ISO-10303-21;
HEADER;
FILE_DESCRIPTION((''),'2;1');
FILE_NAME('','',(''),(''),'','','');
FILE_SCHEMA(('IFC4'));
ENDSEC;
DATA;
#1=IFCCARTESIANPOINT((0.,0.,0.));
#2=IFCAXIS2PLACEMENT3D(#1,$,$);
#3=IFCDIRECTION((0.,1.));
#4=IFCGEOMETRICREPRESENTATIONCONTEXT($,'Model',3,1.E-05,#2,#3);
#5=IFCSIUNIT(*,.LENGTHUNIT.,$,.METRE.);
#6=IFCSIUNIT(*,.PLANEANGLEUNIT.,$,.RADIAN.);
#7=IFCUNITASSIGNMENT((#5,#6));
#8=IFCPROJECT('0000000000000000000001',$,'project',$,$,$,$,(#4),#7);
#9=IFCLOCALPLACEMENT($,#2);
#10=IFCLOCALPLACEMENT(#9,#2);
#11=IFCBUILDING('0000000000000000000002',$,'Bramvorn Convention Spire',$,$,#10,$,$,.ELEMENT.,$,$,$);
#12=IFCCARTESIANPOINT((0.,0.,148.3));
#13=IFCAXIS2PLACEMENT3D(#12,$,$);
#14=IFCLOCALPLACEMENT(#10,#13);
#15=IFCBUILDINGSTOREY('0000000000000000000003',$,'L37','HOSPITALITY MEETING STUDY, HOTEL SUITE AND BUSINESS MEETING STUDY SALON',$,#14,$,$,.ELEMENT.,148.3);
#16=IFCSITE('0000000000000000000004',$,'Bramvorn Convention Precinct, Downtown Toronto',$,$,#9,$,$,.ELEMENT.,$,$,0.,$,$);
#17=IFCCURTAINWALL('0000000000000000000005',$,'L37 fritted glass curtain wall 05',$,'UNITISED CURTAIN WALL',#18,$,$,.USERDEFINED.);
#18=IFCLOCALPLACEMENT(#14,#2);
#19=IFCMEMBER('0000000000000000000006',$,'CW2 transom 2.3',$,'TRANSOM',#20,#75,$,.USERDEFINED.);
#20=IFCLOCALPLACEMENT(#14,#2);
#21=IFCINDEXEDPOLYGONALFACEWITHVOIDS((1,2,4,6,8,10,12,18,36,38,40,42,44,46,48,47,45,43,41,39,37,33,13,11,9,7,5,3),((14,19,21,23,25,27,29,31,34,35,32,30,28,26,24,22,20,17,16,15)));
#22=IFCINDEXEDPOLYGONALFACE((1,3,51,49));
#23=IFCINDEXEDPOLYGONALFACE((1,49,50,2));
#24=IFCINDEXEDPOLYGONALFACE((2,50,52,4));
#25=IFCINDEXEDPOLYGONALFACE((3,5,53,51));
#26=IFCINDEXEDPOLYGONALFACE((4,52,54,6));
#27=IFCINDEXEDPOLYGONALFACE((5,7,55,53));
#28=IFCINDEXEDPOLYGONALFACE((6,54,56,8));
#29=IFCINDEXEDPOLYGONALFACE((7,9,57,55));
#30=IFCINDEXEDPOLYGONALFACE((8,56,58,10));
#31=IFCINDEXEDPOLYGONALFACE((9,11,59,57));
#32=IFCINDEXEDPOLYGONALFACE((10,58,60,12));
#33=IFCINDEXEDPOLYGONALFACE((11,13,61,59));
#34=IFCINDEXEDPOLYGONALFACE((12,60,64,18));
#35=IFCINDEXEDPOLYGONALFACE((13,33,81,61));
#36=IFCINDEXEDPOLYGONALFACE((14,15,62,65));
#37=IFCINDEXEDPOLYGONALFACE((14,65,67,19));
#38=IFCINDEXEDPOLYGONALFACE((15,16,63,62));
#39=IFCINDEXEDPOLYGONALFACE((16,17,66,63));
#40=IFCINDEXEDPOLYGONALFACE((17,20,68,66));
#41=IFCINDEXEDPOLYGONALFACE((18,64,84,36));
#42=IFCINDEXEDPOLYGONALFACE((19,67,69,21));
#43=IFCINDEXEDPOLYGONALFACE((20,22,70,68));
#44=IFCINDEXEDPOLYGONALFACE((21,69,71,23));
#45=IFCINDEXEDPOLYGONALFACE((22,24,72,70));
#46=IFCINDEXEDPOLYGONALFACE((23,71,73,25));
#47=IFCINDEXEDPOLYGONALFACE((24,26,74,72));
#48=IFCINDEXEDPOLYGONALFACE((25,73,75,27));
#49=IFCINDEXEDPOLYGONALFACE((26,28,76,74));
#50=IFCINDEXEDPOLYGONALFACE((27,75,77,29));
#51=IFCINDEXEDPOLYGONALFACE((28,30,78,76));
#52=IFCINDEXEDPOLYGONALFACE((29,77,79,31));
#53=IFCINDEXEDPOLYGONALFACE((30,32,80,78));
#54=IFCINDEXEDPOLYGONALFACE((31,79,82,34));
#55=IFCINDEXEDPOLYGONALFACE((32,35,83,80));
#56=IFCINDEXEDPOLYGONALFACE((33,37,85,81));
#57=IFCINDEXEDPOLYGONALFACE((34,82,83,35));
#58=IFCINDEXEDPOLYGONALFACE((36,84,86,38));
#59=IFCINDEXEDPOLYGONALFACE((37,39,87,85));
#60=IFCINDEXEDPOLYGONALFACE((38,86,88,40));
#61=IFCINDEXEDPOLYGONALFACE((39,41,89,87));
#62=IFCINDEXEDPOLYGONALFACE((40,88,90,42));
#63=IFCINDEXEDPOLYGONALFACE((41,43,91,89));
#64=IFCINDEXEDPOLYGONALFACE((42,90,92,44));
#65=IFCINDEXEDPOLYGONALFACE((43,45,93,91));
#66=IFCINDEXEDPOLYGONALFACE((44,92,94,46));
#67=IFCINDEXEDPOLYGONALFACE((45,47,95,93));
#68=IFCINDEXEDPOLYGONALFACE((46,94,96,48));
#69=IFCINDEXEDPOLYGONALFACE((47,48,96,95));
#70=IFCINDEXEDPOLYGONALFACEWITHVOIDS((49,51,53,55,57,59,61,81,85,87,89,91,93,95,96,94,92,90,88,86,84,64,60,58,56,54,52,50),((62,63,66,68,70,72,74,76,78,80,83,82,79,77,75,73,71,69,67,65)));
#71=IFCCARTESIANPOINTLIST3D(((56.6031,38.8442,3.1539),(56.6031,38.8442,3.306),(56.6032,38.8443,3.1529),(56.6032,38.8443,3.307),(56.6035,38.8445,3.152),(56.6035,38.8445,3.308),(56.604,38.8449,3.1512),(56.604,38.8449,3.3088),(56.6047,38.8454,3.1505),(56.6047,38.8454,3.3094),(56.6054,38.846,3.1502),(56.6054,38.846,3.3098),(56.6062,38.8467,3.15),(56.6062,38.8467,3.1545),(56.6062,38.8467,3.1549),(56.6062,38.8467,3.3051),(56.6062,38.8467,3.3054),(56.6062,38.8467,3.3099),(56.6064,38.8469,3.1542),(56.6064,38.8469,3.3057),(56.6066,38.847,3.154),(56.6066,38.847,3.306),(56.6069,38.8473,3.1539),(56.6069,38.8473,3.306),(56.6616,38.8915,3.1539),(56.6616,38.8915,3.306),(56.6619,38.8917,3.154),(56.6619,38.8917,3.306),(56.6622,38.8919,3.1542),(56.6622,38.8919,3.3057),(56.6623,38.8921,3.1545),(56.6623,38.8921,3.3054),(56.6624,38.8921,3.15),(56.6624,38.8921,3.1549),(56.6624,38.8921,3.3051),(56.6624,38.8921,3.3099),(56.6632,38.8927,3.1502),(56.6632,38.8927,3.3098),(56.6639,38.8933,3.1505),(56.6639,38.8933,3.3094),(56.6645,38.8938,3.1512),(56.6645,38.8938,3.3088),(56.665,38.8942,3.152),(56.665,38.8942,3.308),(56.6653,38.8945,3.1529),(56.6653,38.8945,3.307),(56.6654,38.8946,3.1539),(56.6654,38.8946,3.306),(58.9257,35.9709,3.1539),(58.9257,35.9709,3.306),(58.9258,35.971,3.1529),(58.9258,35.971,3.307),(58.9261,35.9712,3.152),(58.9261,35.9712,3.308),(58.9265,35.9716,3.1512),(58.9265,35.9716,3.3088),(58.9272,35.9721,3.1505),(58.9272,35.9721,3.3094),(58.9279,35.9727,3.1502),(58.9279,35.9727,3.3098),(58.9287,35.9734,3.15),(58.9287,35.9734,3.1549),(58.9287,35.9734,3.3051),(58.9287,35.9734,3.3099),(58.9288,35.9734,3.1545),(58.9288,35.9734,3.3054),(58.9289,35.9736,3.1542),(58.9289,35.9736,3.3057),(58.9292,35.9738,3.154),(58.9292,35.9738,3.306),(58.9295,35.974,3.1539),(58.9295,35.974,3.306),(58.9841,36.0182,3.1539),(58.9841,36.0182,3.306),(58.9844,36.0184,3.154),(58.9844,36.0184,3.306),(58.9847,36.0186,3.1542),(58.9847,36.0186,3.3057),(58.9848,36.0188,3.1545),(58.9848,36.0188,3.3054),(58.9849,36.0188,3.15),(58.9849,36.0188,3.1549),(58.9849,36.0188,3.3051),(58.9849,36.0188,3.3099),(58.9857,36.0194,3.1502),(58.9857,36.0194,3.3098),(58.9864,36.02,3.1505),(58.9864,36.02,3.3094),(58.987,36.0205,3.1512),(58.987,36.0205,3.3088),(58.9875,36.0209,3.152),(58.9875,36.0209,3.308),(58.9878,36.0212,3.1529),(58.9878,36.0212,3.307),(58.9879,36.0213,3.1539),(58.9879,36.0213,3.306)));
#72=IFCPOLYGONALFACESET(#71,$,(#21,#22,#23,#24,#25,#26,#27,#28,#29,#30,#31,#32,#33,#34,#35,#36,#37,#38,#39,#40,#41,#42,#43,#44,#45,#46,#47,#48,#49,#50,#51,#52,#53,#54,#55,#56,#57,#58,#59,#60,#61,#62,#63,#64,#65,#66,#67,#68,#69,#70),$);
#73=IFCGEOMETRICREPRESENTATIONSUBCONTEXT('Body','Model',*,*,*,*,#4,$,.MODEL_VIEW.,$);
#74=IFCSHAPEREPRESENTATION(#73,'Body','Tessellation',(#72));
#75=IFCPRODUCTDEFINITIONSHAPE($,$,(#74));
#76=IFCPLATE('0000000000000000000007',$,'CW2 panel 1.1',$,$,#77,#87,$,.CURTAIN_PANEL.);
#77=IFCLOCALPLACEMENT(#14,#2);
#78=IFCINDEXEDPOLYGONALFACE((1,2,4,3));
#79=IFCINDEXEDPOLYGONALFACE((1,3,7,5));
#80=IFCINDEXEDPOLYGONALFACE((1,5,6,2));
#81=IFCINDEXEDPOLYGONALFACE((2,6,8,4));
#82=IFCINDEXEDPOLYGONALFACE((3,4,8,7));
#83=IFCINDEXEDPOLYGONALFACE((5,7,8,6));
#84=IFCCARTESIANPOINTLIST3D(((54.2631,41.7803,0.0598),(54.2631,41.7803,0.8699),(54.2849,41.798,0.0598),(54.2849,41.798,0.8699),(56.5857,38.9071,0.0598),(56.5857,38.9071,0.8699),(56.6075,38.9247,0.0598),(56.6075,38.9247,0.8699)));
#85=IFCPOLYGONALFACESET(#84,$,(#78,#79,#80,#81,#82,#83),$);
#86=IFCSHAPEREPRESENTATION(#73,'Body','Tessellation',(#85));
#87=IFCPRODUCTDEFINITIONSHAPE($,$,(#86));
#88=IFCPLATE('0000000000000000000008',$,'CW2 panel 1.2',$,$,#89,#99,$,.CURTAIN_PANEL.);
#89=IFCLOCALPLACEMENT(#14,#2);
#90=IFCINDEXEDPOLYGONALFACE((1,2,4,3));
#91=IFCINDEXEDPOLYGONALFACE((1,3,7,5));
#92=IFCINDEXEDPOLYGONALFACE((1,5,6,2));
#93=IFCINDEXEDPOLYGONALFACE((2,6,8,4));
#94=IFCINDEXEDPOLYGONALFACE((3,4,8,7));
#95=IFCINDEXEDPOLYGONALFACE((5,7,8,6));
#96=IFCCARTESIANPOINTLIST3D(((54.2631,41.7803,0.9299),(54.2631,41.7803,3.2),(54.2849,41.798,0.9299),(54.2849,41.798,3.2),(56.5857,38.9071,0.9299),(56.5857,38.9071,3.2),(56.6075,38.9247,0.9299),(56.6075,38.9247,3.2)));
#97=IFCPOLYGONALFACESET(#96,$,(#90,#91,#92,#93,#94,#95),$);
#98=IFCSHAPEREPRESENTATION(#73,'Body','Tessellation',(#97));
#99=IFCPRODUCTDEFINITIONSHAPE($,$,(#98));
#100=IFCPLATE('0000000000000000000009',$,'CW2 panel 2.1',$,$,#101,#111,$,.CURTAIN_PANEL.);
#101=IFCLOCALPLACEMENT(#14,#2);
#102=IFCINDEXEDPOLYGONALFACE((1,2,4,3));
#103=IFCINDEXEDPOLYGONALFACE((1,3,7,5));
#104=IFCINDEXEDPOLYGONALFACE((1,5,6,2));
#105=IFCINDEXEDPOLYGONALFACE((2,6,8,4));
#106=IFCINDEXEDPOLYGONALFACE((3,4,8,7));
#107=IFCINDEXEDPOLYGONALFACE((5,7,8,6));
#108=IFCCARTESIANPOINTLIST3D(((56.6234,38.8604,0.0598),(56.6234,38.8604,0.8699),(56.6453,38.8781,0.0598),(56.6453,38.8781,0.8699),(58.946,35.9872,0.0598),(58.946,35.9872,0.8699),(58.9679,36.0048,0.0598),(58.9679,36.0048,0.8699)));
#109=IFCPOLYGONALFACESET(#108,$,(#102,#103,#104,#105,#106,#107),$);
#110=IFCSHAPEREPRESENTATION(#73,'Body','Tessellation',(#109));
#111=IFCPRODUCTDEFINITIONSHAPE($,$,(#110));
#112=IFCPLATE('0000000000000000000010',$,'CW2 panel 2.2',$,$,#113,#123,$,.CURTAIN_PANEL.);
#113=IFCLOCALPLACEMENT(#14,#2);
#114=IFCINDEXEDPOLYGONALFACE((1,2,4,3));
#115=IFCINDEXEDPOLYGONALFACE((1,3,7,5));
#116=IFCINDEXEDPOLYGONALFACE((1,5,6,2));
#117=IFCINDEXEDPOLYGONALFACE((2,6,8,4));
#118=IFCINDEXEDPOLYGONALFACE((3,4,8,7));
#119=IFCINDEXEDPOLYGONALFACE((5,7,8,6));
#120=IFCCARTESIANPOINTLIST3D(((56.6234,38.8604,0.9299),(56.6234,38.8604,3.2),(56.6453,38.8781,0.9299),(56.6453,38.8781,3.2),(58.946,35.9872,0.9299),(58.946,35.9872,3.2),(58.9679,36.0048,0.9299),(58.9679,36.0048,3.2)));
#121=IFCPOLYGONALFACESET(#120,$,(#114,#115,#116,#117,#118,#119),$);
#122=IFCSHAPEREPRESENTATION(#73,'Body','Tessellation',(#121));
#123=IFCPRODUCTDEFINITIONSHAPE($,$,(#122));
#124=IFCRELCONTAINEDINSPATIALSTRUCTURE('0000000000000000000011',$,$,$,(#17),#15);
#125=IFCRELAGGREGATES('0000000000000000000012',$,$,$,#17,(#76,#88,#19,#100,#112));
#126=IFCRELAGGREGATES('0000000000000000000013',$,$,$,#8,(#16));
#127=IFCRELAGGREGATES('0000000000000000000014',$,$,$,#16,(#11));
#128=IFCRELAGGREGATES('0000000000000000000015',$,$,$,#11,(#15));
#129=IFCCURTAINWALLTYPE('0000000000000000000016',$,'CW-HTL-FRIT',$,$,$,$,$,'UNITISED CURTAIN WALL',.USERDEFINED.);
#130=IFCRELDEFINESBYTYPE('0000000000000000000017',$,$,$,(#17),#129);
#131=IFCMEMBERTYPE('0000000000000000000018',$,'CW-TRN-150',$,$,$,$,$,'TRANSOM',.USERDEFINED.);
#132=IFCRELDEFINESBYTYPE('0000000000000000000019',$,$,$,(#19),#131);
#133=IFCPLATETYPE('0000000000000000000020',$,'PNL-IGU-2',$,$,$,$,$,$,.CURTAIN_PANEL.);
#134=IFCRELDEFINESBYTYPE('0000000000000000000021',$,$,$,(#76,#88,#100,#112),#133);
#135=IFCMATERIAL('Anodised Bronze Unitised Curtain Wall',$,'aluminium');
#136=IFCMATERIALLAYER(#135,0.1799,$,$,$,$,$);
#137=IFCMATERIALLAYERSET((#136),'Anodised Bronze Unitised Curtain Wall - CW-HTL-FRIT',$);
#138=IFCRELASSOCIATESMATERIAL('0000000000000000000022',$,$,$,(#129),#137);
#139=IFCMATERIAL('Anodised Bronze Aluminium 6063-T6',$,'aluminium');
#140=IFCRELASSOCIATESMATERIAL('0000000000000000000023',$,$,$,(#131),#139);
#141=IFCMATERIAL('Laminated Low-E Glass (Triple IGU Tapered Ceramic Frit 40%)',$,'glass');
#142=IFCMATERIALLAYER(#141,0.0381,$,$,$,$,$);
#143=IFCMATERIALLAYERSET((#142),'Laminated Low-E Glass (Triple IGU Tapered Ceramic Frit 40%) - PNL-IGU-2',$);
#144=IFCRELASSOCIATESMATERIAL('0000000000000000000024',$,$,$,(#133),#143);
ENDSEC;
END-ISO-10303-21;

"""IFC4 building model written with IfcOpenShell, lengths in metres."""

from ifc_helpers import new_model, si_unit, direction, frame, origin, origin_2d, place, context, subcontext, project, spatial, rectangle, hollow_rectangle, extrude, material, layer, layer_set, material_profile, profile_set, type_object, element, aggregate, save


model = new_model("IFC4")

# Units and contexts
model_context = context("Model", 3, precision=1e-05, world=origin(), true_north=direction((0.0, 1.0)))
body_context = subcontext(model_context, "Body", "Model", "MODEL_VIEW")
ifc_project = project(units=[si_unit("LENGTHUNIT", "METRE"), si_unit("PLANEANGLEUNIT", "RADIAN")], contexts=[model_context])

# Site, building, storey
site_placement = place(None, origin())
site = spatial("IfcSite", under=ifc_project, at=site_placement, Name="Bramvorn Convention Precinct, Downtown Toronto", CompositionType="ELEMENT", RefElevation=0.0)
building_placement = place(site_placement, origin())
building = spatial("IfcBuilding", under=site, at=building_placement, Name="Bramvorn Convention Spire", CompositionType="ELEMENT")
storey_placement = place(building_placement, frame((0.0, 0.0, 148.3)))
storey = spatial("IfcBuildingStorey", under=building, at=storey_placement, Name="L37", Description="HOSPITALITY MEETING STUDY, HOTEL SUITE AND BUSINESS MEETING STUDY SALON", CompositionType="ELEMENT", Elevation=148.3)

# Shared definitions
ifc_material_1 = material(Name="Anodised Bronze Unitised Curtain Wall", Category="aluminium")
ifc_layer_1 = layer(ifc_material_1, 0.1799)
ifc_layer_set_1 = layer_set([ifc_layer_1], Name="Anodised Bronze Unitised Curtain Wall - CW-HTL-FRIT")
curtain_wall_type = type_object("IfcCurtainWallType", Name="CW-HTL-FRIT", ElementType="UNITISED CURTAIN WALL", PredefinedType="USERDEFINED", material=ifc_layer_set_1)
ifc_material_2 = material(Name="Anodised Bronze Aluminium 6063-T6", Category="aluminium")

# Curtain wall
curtain_wall_1_placement = place(storey_placement, origin())
curtain_wall_1 = element("IfcCurtainWall", 1, at=curtain_wall_1_placement, inside=storey, type_object=curtain_wall_type, Name="L37 fritted glass curtain wall 05", ObjectType="UNITISED CURTAIN WALL", PredefinedType="USERDEFINED")

# Member
ifc_material_profile_1 = material_profile(ifc_material_2, hollow_rectangle(XDim=0.0801, YDim=0.1599, WallThickness=0.0039, InnerFilletRadius=0.001, OuterFilletRadius=0.0039, at=origin_2d()))
ifc_profile_set_1 = profile_set([ifc_material_profile_1], Name="Anodised Bronze Aluminium 6063-T6 - CWT80X160")
member_type_1 = type_object("IfcMemberType", Name="CW-TRN-150", ElementType="TRANSOM", PredefinedType="USERDEFINED", material=ifc_profile_set_1)
member_1_placement = place(storey_placement, frame((56.6343, 38.8694, 3.23), z_axis=(0.628628, -0.777706, 0.0), x_axis=(0.777706, 0.628628, 0.0)))
member_1 = element("IfcMember", 2, at=member_1_placement, type_object=member_type_1, Name="CW2 transom 2.3", ObjectType="TRANSOM", PredefinedType="USERDEFINED", context=body_context, shape_type="SweptSolid", body=[
    extrude(hollow_rectangle(XDim=0.0801, YDim=0.1599, WallThickness=0.0039, InnerFilletRadius=0.001, OuterFilletRadius=0.0039, at=origin_2d()), origin(), (0.0, 0.0, 1.0), 3.6946),
])

# Plates
ifc_material_3 = material(Name="Laminated Low-E Glass (Triple IGU Tapered Ceramic Frit 40%)", Category="glass")
ifc_layer_2 = layer(ifc_material_3, 0.0381)
ifc_layer_set_2 = layer_set([ifc_layer_2], Name="Laminated Low-E Glass (Triple IGU Tapered Ceramic Frit 40%) - PNL-IGU-2")
plate_type = type_object("IfcPlateType", Name="PNL-IGU-2", PredefinedType="CURTAIN_PANEL", material=ifc_layer_set_2)
plate_1_placement = place(storey_placement, frame((55.4353, 40.3525, 0.0598), z_axis=(0.0, 0.0, 1.0), x_axis=(0.62865, -0.777688, 0.0)))
plate_1 = element("IfcPlate", 3, at=plate_1_placement, type_object=plate_type, Name="CW2 panel 1.1", PredefinedType="CURTAIN_PANEL", context=body_context, shape_type="SweptSolid", body=[
    extrude(rectangle(XDim=3.6946, YDim=0.0281, at=origin_2d()), origin(), (0.0, 0.0, 1.0), 0.8101),
])
plate_2_placement = place(storey_placement, frame((55.4353, 40.3525, 0.9299), z_axis=(0.0, 0.0, 1.0), x_axis=(0.62865, -0.777688, 0.0)))
plate_2 = element("IfcPlate", 4, at=plate_2_placement, type_object=plate_type, Name="CW2 panel 1.2", PredefinedType="CURTAIN_PANEL", context=body_context, shape_type="SweptSolid", body=[
    extrude(rectangle(XDim=3.6946, YDim=0.0281, at=origin_2d()), origin(), (0.0, 0.0, 1.0), 2.27),
])
plate_3_placement = place(storey_placement, frame((57.7957, 37.4326, 0.0598), z_axis=(0.0, 0.0, 1.0), x_axis=(0.62865, -0.777688, 0.0)))
plate_3 = element("IfcPlate", 5, at=plate_3_placement, type_object=plate_type, Name="CW2 panel 2.1", PredefinedType="CURTAIN_PANEL", context=body_context, shape_type="SweptSolid", body=[
    extrude(rectangle(XDim=3.6946, YDim=0.0281, at=origin_2d()), origin(), (0.0, 0.0, 1.0), 0.8101),
])
plate_4_placement = place(storey_placement, frame((57.7957, 37.4326, 0.9299), z_axis=(0.0, 0.0, 1.0), x_axis=(0.62865, -0.777688, 0.0)))
plate_4 = element("IfcPlate", 6, at=plate_4_placement, type_object=plate_type, Name="CW2 panel 2.2", PredefinedType="CURTAIN_PANEL", context=body_context, shape_type="SweptSolid", body=[
    extrude(rectangle(XDim=3.6946, YDim=0.0281, at=origin_2d()), origin(), (0.0, 0.0, 1.0), 2.27),
])
aggregate(curtain_wall_1, [plate_1, plate_2, member_1, plate_3, plate_4])

save(model, "model.ifc")
